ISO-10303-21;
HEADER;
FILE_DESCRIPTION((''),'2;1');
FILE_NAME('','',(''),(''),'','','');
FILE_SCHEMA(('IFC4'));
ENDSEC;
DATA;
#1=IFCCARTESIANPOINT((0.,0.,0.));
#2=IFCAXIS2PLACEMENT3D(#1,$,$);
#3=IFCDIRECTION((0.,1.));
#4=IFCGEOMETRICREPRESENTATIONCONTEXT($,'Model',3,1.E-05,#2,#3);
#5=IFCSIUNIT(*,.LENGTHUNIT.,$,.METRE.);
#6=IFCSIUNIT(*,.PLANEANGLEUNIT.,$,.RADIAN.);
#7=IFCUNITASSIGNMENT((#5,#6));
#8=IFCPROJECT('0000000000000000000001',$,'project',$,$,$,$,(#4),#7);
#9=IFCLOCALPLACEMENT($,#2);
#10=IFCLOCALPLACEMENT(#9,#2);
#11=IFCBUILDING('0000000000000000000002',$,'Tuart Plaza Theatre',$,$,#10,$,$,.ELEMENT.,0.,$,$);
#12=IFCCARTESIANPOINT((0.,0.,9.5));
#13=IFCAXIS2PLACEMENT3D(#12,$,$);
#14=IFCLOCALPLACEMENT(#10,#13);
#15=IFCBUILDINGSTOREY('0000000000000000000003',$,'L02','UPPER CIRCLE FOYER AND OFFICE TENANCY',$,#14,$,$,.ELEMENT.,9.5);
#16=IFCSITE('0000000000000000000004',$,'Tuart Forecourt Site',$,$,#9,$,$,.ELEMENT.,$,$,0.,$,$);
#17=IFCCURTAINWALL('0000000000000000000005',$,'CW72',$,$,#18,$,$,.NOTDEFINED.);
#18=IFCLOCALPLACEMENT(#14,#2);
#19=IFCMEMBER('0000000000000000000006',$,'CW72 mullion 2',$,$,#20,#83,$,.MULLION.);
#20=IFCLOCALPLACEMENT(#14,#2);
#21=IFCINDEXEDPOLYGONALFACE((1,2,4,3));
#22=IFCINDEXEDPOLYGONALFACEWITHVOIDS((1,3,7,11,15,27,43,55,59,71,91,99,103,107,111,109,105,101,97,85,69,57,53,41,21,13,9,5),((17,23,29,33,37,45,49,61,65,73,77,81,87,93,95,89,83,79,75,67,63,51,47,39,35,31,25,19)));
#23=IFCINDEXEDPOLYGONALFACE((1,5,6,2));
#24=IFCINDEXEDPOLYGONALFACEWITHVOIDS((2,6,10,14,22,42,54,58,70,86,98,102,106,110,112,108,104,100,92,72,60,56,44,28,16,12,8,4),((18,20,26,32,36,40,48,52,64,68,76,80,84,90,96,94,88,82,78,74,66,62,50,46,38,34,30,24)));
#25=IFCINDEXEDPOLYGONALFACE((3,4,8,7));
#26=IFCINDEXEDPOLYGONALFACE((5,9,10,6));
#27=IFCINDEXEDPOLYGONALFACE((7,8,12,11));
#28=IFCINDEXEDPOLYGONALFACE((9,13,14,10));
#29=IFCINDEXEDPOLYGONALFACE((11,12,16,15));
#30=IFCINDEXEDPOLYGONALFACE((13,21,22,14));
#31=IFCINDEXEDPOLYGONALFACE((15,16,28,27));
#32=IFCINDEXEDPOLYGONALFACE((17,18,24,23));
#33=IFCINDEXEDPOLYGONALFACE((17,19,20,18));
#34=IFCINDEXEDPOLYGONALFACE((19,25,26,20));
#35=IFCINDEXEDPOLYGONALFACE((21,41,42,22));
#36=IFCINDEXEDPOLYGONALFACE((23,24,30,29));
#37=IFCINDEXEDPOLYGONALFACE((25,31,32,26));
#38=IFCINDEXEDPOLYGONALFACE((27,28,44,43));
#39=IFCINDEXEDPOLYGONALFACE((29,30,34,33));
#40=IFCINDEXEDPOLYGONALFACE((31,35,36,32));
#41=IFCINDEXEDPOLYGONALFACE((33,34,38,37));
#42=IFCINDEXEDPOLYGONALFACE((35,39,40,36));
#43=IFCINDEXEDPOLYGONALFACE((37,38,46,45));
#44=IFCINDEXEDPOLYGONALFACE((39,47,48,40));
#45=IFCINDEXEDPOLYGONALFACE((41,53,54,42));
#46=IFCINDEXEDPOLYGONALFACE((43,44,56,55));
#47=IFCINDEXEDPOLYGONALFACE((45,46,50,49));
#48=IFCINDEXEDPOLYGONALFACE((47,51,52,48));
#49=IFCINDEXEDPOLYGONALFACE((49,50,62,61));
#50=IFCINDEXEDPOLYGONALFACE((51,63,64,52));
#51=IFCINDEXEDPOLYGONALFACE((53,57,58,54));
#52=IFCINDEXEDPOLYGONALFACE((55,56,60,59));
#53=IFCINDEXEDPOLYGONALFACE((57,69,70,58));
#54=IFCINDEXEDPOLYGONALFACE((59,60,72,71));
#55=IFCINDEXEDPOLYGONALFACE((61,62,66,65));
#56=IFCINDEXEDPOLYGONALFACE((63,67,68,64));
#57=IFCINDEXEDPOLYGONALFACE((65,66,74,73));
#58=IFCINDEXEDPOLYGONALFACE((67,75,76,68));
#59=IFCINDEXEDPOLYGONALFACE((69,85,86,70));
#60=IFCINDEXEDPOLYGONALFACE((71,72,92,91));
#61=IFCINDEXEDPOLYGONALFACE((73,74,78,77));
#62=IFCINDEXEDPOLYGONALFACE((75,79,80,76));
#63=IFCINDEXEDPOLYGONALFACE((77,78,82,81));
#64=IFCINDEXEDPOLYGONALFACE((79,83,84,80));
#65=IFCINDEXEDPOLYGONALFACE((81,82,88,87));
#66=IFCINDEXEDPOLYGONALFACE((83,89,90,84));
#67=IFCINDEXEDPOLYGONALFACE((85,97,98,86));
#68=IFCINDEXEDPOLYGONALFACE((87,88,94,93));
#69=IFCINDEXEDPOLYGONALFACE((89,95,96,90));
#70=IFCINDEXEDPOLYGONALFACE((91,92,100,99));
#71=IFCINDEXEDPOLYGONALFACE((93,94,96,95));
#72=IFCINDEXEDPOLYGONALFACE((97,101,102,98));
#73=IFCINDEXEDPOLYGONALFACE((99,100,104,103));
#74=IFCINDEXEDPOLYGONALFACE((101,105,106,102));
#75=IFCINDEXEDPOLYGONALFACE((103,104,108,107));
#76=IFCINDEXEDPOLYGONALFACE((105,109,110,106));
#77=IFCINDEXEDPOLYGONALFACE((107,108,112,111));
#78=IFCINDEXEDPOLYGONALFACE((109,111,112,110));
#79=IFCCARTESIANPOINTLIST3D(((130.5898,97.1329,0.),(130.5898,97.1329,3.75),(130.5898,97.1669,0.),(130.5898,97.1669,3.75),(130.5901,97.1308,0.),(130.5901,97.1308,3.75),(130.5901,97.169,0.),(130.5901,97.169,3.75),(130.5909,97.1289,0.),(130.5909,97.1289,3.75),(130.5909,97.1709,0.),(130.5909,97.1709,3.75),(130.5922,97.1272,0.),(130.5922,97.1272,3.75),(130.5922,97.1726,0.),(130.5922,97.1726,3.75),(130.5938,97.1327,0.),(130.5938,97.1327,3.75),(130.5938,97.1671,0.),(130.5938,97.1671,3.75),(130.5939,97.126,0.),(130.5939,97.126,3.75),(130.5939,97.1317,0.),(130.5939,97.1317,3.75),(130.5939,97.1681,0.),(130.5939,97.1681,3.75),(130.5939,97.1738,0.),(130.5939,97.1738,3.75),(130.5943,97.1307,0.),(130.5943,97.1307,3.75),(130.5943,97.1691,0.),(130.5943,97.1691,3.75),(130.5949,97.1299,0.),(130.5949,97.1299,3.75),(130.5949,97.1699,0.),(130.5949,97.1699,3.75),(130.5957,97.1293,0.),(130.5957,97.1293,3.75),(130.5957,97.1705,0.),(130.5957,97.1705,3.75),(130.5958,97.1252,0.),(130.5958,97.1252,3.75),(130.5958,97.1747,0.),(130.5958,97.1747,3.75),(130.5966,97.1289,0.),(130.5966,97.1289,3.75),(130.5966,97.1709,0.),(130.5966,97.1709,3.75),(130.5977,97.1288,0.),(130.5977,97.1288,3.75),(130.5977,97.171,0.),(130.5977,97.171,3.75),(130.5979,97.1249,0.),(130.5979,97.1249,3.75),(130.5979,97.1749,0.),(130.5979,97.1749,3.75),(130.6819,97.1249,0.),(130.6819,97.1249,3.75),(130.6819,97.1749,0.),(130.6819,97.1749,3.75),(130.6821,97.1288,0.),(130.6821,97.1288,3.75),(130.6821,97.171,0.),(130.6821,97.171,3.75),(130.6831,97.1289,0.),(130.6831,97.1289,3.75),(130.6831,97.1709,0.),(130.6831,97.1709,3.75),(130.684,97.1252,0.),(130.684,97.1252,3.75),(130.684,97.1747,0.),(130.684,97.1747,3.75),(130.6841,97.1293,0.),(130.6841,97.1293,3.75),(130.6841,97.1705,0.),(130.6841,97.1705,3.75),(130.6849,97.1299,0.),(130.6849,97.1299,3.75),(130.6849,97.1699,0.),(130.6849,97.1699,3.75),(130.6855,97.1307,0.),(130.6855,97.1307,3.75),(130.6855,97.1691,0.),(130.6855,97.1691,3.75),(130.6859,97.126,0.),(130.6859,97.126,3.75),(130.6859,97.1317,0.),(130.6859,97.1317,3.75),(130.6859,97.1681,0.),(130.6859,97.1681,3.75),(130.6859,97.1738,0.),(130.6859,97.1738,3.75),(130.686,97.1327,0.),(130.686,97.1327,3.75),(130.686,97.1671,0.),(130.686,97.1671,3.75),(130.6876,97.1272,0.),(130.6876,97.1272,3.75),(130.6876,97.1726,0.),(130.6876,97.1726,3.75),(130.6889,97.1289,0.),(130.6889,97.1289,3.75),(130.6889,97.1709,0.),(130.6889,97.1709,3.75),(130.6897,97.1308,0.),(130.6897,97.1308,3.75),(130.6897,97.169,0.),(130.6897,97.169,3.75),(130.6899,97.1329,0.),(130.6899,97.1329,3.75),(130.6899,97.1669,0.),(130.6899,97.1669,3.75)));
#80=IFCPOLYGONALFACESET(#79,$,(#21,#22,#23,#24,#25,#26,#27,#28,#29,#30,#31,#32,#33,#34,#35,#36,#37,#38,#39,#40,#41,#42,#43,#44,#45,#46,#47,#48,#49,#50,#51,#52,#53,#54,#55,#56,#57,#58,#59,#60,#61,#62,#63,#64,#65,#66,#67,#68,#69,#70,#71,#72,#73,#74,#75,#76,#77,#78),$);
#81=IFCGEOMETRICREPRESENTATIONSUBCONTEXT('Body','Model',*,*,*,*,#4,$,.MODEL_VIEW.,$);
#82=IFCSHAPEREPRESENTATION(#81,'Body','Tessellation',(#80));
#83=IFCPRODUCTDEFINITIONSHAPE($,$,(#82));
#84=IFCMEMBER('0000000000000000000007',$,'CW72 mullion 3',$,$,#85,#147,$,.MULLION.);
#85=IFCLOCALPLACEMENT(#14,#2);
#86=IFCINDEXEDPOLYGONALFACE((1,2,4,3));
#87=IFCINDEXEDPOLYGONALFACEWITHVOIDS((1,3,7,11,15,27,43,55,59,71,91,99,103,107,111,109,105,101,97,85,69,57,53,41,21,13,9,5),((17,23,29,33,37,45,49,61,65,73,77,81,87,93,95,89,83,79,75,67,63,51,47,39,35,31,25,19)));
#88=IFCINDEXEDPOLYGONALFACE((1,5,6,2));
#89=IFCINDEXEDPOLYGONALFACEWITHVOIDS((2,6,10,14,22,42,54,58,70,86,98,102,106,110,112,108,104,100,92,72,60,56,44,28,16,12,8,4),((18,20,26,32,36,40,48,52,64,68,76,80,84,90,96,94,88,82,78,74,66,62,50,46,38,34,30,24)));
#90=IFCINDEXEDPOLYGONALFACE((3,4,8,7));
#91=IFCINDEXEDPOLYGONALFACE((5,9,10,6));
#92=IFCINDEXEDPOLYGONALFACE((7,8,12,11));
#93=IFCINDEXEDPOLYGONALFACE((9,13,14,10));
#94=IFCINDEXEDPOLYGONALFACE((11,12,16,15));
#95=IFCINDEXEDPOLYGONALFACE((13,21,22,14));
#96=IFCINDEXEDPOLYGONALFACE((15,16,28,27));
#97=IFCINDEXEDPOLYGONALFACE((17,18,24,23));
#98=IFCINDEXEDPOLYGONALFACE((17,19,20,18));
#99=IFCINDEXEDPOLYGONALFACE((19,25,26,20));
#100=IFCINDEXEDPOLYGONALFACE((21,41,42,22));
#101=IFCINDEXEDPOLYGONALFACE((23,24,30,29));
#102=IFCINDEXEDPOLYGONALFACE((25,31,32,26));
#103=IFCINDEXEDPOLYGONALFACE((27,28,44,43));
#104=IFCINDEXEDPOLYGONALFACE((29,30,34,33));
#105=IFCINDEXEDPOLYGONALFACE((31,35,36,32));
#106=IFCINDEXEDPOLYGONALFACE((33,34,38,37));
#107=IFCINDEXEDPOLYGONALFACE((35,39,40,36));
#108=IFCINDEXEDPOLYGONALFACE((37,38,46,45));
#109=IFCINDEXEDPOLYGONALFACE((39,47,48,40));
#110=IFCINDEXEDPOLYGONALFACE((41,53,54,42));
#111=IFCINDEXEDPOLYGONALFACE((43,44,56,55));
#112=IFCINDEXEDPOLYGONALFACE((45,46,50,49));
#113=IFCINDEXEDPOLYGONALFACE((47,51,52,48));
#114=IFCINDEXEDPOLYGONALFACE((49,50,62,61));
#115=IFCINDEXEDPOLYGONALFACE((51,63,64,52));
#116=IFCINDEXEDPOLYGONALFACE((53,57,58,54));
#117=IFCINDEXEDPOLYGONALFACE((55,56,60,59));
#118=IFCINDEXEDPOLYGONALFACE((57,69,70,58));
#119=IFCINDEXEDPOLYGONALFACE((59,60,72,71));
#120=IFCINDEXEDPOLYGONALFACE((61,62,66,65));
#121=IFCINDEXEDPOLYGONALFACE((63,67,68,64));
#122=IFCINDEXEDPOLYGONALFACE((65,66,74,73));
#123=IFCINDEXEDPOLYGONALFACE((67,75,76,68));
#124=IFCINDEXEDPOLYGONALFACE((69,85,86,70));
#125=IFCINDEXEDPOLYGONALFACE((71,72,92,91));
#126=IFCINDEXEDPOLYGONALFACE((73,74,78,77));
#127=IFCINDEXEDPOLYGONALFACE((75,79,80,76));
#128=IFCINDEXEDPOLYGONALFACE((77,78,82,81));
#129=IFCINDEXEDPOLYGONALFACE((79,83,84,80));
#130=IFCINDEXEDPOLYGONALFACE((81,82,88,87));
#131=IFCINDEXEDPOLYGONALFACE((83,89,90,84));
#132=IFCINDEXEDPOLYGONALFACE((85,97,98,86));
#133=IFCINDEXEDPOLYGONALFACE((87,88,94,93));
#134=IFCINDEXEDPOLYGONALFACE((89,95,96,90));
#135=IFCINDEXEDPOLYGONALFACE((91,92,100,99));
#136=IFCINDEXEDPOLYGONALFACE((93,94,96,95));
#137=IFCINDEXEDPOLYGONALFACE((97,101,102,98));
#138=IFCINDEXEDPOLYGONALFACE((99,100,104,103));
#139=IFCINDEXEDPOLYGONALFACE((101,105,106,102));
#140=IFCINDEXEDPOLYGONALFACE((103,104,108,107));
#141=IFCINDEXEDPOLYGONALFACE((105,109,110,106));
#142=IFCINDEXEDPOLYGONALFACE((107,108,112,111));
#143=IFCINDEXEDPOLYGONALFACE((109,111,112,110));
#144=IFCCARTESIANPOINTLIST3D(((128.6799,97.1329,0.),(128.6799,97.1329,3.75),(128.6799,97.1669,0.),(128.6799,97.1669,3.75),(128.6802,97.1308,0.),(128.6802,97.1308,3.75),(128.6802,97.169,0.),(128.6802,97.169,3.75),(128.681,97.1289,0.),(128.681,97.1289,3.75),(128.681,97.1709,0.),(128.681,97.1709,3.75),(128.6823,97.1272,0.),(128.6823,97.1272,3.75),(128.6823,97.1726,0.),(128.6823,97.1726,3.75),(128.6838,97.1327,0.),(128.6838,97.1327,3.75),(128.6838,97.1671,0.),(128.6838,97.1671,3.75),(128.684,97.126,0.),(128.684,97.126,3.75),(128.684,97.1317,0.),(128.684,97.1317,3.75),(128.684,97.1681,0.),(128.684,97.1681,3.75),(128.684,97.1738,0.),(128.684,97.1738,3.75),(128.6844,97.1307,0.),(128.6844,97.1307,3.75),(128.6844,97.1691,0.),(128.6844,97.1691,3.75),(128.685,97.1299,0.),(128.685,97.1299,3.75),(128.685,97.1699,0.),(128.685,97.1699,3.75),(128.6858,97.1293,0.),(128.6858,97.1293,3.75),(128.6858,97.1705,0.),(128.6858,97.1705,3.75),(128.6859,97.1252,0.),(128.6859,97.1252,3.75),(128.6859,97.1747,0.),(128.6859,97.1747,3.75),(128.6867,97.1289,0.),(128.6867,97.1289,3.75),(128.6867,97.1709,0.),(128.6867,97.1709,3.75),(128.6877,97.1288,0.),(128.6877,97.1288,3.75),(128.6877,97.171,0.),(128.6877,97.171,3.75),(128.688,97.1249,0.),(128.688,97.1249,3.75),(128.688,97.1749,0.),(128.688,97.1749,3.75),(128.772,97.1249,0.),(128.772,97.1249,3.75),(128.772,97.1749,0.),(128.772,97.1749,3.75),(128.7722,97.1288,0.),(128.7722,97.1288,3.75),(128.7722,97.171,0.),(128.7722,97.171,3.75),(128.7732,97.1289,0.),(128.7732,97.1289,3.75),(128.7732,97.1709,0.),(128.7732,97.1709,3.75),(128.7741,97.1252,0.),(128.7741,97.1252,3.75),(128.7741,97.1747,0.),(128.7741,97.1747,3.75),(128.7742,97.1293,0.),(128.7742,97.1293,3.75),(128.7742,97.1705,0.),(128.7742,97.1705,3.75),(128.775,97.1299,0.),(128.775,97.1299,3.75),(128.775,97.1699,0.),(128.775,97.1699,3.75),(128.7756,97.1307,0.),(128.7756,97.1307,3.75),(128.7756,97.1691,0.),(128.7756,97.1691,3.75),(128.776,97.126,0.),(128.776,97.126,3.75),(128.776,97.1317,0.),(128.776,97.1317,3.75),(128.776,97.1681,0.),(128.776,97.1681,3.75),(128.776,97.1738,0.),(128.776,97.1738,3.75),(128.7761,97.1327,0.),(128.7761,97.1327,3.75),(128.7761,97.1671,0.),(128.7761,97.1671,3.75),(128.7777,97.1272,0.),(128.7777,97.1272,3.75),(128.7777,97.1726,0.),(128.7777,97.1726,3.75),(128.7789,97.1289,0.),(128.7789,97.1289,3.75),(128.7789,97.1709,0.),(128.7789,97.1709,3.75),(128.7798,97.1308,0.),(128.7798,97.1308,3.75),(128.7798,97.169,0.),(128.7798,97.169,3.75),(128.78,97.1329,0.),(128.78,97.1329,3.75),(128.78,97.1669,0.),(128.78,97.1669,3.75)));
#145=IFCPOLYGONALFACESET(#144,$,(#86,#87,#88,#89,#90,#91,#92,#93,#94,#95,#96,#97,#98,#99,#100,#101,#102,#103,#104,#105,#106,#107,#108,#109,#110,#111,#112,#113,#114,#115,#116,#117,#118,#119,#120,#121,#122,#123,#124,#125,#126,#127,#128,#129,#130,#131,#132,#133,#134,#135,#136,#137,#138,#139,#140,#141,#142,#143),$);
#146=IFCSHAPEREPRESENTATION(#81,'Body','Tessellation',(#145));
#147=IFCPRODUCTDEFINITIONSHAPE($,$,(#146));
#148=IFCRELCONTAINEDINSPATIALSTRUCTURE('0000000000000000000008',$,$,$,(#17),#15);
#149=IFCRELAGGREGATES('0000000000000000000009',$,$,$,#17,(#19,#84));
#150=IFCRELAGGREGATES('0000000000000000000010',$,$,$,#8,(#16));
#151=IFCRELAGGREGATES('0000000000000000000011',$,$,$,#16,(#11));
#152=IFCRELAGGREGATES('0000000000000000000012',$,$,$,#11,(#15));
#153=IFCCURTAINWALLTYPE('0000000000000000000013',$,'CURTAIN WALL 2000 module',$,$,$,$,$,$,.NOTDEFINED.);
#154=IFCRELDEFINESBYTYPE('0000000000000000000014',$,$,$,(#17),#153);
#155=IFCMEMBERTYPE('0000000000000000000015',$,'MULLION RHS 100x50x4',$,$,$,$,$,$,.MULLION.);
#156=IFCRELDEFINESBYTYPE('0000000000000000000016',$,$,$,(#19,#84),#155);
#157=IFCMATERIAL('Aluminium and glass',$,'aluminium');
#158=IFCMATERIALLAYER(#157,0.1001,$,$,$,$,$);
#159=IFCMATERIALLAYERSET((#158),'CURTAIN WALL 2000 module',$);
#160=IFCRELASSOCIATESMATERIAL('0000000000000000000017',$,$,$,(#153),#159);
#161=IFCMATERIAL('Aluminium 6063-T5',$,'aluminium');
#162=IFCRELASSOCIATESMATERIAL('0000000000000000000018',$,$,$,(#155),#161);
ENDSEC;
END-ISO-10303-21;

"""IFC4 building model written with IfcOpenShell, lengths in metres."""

from ifc_helpers import new_model, si_unit, direction, frame, origin, origin_2d, place, context, subcontext, project, spatial, hollow_rectangle, extrude, material, layer, layer_set, material_profile, profile_set, type_object, element, aggregate, save


model = new_model("IFC4")

# Units and contexts
model_context = context("Model", 3, precision=1e-05, world=origin(), true_north=direction((0.0, 1.0)))
body_context = subcontext(model_context, "Body", "Model", "MODEL_VIEW")
ifc_project = project(units=[si_unit("LENGTHUNIT", "METRE"), si_unit("PLANEANGLEUNIT", "RADIAN")], contexts=[model_context])

# Site, building, storey
site_placement = place(None, origin())
site = spatial("IfcSite", under=ifc_project, at=site_placement, Name="Tuart Forecourt Site", CompositionType="ELEMENT", RefElevation=0.0)
building_placement = place(site_placement, origin())
building = spatial("IfcBuilding", under=site, at=building_placement, Name="Tuart Plaza Theatre", CompositionType="ELEMENT", ElevationOfRefHeight=0.0)
storey_placement = place(building_placement, frame((0.0, 0.0, 9.5)))
storey = spatial("IfcBuildingStorey", under=building, at=storey_placement, Name="L02", Description="UPPER CIRCLE FOYER AND OFFICE TENANCY", CompositionType="ELEMENT", Elevation=9.5)

# Curtain wall, members
ifc_material_1 = material(Name="Aluminium and glass", Category="aluminium")
ifc_layer_1 = layer(ifc_material_1, 0.1001)
ifc_layer_set_1 = layer_set([ifc_layer_1], Name="CURTAIN WALL 2000 module")
curtain_wall_type = type_object("IfcCurtainWallType", Name="CURTAIN WALL 2000 module", PredefinedType="NOTDEFINED", material=ifc_layer_set_1)
curtain_wall_placement = place(storey_placement, origin())
curtain_wall = element("IfcCurtainWall", 1, at=curtain_wall_placement, inside=storey, type_object=curtain_wall_type, Name="CW72", PredefinedType="NOTDEFINED")
ifc_material_2 = material(Name="Aluminium 6063-T5", Category="aluminium")
ifc_material_profile_1 = material_profile(ifc_material_2, hollow_rectangle(XDim=0.05, YDim=0.1001, WallThickness=0.0039, InnerFilletRadius=0.0039, OuterFilletRadius=0.0081, at=origin_2d()), Name="RHS 100x50x4")
ifc_profile_set_1 = profile_set([ifc_material_profile_1], Name="Aluminium 6063-T5")
member_type_1 = type_object("IfcMemberType", Name="MULLION RHS 100x50x4", PredefinedType="MULLION", material=ifc_profile_set_1)
member_1_placement = place(storey_placement, frame((130.6399, 97.1499, 0.0), z_axis=(0.0, 0.0, 1.0), x_axis=(0.0, -1.0, 0.0)))
member_1 = element("IfcMember", 2, at=member_1_placement, type_object=member_type_1, Name="CW72 mullion 2", PredefinedType="MULLION", context=body_context, shape_type="SweptSolid", body=[
    extrude(hollow_rectangle(XDim=0.05, YDim=0.1001, WallThickness=0.0039, InnerFilletRadius=0.0039, OuterFilletRadius=0.0081, at=origin_2d()), origin(), (0.0, 0.0, 1.0), 3.75),
])
member_2_placement = place(storey_placement, frame((128.73, 97.1499, 0.0), z_axis=(0.0, 0.0, 1.0), x_axis=(0.0, -1.0, 0.0)))
member_2 = element("IfcMember", 3, at=member_2_placement, type_object=member_type_1, Name="CW72 mullion 3", PredefinedType="MULLION", context=body_context, shape_type="SweptSolid", body=[
    extrude(hollow_rectangle(XDim=0.05, YDim=0.1001, WallThickness=0.0039, InnerFilletRadius=0.0039, OuterFilletRadius=0.0081, at=origin_2d()), origin(), (0.0, 0.0, 1.0), 3.75),
])
aggregate(curtain_wall, [member_1, member_2])

save(model, "model.ifc")
